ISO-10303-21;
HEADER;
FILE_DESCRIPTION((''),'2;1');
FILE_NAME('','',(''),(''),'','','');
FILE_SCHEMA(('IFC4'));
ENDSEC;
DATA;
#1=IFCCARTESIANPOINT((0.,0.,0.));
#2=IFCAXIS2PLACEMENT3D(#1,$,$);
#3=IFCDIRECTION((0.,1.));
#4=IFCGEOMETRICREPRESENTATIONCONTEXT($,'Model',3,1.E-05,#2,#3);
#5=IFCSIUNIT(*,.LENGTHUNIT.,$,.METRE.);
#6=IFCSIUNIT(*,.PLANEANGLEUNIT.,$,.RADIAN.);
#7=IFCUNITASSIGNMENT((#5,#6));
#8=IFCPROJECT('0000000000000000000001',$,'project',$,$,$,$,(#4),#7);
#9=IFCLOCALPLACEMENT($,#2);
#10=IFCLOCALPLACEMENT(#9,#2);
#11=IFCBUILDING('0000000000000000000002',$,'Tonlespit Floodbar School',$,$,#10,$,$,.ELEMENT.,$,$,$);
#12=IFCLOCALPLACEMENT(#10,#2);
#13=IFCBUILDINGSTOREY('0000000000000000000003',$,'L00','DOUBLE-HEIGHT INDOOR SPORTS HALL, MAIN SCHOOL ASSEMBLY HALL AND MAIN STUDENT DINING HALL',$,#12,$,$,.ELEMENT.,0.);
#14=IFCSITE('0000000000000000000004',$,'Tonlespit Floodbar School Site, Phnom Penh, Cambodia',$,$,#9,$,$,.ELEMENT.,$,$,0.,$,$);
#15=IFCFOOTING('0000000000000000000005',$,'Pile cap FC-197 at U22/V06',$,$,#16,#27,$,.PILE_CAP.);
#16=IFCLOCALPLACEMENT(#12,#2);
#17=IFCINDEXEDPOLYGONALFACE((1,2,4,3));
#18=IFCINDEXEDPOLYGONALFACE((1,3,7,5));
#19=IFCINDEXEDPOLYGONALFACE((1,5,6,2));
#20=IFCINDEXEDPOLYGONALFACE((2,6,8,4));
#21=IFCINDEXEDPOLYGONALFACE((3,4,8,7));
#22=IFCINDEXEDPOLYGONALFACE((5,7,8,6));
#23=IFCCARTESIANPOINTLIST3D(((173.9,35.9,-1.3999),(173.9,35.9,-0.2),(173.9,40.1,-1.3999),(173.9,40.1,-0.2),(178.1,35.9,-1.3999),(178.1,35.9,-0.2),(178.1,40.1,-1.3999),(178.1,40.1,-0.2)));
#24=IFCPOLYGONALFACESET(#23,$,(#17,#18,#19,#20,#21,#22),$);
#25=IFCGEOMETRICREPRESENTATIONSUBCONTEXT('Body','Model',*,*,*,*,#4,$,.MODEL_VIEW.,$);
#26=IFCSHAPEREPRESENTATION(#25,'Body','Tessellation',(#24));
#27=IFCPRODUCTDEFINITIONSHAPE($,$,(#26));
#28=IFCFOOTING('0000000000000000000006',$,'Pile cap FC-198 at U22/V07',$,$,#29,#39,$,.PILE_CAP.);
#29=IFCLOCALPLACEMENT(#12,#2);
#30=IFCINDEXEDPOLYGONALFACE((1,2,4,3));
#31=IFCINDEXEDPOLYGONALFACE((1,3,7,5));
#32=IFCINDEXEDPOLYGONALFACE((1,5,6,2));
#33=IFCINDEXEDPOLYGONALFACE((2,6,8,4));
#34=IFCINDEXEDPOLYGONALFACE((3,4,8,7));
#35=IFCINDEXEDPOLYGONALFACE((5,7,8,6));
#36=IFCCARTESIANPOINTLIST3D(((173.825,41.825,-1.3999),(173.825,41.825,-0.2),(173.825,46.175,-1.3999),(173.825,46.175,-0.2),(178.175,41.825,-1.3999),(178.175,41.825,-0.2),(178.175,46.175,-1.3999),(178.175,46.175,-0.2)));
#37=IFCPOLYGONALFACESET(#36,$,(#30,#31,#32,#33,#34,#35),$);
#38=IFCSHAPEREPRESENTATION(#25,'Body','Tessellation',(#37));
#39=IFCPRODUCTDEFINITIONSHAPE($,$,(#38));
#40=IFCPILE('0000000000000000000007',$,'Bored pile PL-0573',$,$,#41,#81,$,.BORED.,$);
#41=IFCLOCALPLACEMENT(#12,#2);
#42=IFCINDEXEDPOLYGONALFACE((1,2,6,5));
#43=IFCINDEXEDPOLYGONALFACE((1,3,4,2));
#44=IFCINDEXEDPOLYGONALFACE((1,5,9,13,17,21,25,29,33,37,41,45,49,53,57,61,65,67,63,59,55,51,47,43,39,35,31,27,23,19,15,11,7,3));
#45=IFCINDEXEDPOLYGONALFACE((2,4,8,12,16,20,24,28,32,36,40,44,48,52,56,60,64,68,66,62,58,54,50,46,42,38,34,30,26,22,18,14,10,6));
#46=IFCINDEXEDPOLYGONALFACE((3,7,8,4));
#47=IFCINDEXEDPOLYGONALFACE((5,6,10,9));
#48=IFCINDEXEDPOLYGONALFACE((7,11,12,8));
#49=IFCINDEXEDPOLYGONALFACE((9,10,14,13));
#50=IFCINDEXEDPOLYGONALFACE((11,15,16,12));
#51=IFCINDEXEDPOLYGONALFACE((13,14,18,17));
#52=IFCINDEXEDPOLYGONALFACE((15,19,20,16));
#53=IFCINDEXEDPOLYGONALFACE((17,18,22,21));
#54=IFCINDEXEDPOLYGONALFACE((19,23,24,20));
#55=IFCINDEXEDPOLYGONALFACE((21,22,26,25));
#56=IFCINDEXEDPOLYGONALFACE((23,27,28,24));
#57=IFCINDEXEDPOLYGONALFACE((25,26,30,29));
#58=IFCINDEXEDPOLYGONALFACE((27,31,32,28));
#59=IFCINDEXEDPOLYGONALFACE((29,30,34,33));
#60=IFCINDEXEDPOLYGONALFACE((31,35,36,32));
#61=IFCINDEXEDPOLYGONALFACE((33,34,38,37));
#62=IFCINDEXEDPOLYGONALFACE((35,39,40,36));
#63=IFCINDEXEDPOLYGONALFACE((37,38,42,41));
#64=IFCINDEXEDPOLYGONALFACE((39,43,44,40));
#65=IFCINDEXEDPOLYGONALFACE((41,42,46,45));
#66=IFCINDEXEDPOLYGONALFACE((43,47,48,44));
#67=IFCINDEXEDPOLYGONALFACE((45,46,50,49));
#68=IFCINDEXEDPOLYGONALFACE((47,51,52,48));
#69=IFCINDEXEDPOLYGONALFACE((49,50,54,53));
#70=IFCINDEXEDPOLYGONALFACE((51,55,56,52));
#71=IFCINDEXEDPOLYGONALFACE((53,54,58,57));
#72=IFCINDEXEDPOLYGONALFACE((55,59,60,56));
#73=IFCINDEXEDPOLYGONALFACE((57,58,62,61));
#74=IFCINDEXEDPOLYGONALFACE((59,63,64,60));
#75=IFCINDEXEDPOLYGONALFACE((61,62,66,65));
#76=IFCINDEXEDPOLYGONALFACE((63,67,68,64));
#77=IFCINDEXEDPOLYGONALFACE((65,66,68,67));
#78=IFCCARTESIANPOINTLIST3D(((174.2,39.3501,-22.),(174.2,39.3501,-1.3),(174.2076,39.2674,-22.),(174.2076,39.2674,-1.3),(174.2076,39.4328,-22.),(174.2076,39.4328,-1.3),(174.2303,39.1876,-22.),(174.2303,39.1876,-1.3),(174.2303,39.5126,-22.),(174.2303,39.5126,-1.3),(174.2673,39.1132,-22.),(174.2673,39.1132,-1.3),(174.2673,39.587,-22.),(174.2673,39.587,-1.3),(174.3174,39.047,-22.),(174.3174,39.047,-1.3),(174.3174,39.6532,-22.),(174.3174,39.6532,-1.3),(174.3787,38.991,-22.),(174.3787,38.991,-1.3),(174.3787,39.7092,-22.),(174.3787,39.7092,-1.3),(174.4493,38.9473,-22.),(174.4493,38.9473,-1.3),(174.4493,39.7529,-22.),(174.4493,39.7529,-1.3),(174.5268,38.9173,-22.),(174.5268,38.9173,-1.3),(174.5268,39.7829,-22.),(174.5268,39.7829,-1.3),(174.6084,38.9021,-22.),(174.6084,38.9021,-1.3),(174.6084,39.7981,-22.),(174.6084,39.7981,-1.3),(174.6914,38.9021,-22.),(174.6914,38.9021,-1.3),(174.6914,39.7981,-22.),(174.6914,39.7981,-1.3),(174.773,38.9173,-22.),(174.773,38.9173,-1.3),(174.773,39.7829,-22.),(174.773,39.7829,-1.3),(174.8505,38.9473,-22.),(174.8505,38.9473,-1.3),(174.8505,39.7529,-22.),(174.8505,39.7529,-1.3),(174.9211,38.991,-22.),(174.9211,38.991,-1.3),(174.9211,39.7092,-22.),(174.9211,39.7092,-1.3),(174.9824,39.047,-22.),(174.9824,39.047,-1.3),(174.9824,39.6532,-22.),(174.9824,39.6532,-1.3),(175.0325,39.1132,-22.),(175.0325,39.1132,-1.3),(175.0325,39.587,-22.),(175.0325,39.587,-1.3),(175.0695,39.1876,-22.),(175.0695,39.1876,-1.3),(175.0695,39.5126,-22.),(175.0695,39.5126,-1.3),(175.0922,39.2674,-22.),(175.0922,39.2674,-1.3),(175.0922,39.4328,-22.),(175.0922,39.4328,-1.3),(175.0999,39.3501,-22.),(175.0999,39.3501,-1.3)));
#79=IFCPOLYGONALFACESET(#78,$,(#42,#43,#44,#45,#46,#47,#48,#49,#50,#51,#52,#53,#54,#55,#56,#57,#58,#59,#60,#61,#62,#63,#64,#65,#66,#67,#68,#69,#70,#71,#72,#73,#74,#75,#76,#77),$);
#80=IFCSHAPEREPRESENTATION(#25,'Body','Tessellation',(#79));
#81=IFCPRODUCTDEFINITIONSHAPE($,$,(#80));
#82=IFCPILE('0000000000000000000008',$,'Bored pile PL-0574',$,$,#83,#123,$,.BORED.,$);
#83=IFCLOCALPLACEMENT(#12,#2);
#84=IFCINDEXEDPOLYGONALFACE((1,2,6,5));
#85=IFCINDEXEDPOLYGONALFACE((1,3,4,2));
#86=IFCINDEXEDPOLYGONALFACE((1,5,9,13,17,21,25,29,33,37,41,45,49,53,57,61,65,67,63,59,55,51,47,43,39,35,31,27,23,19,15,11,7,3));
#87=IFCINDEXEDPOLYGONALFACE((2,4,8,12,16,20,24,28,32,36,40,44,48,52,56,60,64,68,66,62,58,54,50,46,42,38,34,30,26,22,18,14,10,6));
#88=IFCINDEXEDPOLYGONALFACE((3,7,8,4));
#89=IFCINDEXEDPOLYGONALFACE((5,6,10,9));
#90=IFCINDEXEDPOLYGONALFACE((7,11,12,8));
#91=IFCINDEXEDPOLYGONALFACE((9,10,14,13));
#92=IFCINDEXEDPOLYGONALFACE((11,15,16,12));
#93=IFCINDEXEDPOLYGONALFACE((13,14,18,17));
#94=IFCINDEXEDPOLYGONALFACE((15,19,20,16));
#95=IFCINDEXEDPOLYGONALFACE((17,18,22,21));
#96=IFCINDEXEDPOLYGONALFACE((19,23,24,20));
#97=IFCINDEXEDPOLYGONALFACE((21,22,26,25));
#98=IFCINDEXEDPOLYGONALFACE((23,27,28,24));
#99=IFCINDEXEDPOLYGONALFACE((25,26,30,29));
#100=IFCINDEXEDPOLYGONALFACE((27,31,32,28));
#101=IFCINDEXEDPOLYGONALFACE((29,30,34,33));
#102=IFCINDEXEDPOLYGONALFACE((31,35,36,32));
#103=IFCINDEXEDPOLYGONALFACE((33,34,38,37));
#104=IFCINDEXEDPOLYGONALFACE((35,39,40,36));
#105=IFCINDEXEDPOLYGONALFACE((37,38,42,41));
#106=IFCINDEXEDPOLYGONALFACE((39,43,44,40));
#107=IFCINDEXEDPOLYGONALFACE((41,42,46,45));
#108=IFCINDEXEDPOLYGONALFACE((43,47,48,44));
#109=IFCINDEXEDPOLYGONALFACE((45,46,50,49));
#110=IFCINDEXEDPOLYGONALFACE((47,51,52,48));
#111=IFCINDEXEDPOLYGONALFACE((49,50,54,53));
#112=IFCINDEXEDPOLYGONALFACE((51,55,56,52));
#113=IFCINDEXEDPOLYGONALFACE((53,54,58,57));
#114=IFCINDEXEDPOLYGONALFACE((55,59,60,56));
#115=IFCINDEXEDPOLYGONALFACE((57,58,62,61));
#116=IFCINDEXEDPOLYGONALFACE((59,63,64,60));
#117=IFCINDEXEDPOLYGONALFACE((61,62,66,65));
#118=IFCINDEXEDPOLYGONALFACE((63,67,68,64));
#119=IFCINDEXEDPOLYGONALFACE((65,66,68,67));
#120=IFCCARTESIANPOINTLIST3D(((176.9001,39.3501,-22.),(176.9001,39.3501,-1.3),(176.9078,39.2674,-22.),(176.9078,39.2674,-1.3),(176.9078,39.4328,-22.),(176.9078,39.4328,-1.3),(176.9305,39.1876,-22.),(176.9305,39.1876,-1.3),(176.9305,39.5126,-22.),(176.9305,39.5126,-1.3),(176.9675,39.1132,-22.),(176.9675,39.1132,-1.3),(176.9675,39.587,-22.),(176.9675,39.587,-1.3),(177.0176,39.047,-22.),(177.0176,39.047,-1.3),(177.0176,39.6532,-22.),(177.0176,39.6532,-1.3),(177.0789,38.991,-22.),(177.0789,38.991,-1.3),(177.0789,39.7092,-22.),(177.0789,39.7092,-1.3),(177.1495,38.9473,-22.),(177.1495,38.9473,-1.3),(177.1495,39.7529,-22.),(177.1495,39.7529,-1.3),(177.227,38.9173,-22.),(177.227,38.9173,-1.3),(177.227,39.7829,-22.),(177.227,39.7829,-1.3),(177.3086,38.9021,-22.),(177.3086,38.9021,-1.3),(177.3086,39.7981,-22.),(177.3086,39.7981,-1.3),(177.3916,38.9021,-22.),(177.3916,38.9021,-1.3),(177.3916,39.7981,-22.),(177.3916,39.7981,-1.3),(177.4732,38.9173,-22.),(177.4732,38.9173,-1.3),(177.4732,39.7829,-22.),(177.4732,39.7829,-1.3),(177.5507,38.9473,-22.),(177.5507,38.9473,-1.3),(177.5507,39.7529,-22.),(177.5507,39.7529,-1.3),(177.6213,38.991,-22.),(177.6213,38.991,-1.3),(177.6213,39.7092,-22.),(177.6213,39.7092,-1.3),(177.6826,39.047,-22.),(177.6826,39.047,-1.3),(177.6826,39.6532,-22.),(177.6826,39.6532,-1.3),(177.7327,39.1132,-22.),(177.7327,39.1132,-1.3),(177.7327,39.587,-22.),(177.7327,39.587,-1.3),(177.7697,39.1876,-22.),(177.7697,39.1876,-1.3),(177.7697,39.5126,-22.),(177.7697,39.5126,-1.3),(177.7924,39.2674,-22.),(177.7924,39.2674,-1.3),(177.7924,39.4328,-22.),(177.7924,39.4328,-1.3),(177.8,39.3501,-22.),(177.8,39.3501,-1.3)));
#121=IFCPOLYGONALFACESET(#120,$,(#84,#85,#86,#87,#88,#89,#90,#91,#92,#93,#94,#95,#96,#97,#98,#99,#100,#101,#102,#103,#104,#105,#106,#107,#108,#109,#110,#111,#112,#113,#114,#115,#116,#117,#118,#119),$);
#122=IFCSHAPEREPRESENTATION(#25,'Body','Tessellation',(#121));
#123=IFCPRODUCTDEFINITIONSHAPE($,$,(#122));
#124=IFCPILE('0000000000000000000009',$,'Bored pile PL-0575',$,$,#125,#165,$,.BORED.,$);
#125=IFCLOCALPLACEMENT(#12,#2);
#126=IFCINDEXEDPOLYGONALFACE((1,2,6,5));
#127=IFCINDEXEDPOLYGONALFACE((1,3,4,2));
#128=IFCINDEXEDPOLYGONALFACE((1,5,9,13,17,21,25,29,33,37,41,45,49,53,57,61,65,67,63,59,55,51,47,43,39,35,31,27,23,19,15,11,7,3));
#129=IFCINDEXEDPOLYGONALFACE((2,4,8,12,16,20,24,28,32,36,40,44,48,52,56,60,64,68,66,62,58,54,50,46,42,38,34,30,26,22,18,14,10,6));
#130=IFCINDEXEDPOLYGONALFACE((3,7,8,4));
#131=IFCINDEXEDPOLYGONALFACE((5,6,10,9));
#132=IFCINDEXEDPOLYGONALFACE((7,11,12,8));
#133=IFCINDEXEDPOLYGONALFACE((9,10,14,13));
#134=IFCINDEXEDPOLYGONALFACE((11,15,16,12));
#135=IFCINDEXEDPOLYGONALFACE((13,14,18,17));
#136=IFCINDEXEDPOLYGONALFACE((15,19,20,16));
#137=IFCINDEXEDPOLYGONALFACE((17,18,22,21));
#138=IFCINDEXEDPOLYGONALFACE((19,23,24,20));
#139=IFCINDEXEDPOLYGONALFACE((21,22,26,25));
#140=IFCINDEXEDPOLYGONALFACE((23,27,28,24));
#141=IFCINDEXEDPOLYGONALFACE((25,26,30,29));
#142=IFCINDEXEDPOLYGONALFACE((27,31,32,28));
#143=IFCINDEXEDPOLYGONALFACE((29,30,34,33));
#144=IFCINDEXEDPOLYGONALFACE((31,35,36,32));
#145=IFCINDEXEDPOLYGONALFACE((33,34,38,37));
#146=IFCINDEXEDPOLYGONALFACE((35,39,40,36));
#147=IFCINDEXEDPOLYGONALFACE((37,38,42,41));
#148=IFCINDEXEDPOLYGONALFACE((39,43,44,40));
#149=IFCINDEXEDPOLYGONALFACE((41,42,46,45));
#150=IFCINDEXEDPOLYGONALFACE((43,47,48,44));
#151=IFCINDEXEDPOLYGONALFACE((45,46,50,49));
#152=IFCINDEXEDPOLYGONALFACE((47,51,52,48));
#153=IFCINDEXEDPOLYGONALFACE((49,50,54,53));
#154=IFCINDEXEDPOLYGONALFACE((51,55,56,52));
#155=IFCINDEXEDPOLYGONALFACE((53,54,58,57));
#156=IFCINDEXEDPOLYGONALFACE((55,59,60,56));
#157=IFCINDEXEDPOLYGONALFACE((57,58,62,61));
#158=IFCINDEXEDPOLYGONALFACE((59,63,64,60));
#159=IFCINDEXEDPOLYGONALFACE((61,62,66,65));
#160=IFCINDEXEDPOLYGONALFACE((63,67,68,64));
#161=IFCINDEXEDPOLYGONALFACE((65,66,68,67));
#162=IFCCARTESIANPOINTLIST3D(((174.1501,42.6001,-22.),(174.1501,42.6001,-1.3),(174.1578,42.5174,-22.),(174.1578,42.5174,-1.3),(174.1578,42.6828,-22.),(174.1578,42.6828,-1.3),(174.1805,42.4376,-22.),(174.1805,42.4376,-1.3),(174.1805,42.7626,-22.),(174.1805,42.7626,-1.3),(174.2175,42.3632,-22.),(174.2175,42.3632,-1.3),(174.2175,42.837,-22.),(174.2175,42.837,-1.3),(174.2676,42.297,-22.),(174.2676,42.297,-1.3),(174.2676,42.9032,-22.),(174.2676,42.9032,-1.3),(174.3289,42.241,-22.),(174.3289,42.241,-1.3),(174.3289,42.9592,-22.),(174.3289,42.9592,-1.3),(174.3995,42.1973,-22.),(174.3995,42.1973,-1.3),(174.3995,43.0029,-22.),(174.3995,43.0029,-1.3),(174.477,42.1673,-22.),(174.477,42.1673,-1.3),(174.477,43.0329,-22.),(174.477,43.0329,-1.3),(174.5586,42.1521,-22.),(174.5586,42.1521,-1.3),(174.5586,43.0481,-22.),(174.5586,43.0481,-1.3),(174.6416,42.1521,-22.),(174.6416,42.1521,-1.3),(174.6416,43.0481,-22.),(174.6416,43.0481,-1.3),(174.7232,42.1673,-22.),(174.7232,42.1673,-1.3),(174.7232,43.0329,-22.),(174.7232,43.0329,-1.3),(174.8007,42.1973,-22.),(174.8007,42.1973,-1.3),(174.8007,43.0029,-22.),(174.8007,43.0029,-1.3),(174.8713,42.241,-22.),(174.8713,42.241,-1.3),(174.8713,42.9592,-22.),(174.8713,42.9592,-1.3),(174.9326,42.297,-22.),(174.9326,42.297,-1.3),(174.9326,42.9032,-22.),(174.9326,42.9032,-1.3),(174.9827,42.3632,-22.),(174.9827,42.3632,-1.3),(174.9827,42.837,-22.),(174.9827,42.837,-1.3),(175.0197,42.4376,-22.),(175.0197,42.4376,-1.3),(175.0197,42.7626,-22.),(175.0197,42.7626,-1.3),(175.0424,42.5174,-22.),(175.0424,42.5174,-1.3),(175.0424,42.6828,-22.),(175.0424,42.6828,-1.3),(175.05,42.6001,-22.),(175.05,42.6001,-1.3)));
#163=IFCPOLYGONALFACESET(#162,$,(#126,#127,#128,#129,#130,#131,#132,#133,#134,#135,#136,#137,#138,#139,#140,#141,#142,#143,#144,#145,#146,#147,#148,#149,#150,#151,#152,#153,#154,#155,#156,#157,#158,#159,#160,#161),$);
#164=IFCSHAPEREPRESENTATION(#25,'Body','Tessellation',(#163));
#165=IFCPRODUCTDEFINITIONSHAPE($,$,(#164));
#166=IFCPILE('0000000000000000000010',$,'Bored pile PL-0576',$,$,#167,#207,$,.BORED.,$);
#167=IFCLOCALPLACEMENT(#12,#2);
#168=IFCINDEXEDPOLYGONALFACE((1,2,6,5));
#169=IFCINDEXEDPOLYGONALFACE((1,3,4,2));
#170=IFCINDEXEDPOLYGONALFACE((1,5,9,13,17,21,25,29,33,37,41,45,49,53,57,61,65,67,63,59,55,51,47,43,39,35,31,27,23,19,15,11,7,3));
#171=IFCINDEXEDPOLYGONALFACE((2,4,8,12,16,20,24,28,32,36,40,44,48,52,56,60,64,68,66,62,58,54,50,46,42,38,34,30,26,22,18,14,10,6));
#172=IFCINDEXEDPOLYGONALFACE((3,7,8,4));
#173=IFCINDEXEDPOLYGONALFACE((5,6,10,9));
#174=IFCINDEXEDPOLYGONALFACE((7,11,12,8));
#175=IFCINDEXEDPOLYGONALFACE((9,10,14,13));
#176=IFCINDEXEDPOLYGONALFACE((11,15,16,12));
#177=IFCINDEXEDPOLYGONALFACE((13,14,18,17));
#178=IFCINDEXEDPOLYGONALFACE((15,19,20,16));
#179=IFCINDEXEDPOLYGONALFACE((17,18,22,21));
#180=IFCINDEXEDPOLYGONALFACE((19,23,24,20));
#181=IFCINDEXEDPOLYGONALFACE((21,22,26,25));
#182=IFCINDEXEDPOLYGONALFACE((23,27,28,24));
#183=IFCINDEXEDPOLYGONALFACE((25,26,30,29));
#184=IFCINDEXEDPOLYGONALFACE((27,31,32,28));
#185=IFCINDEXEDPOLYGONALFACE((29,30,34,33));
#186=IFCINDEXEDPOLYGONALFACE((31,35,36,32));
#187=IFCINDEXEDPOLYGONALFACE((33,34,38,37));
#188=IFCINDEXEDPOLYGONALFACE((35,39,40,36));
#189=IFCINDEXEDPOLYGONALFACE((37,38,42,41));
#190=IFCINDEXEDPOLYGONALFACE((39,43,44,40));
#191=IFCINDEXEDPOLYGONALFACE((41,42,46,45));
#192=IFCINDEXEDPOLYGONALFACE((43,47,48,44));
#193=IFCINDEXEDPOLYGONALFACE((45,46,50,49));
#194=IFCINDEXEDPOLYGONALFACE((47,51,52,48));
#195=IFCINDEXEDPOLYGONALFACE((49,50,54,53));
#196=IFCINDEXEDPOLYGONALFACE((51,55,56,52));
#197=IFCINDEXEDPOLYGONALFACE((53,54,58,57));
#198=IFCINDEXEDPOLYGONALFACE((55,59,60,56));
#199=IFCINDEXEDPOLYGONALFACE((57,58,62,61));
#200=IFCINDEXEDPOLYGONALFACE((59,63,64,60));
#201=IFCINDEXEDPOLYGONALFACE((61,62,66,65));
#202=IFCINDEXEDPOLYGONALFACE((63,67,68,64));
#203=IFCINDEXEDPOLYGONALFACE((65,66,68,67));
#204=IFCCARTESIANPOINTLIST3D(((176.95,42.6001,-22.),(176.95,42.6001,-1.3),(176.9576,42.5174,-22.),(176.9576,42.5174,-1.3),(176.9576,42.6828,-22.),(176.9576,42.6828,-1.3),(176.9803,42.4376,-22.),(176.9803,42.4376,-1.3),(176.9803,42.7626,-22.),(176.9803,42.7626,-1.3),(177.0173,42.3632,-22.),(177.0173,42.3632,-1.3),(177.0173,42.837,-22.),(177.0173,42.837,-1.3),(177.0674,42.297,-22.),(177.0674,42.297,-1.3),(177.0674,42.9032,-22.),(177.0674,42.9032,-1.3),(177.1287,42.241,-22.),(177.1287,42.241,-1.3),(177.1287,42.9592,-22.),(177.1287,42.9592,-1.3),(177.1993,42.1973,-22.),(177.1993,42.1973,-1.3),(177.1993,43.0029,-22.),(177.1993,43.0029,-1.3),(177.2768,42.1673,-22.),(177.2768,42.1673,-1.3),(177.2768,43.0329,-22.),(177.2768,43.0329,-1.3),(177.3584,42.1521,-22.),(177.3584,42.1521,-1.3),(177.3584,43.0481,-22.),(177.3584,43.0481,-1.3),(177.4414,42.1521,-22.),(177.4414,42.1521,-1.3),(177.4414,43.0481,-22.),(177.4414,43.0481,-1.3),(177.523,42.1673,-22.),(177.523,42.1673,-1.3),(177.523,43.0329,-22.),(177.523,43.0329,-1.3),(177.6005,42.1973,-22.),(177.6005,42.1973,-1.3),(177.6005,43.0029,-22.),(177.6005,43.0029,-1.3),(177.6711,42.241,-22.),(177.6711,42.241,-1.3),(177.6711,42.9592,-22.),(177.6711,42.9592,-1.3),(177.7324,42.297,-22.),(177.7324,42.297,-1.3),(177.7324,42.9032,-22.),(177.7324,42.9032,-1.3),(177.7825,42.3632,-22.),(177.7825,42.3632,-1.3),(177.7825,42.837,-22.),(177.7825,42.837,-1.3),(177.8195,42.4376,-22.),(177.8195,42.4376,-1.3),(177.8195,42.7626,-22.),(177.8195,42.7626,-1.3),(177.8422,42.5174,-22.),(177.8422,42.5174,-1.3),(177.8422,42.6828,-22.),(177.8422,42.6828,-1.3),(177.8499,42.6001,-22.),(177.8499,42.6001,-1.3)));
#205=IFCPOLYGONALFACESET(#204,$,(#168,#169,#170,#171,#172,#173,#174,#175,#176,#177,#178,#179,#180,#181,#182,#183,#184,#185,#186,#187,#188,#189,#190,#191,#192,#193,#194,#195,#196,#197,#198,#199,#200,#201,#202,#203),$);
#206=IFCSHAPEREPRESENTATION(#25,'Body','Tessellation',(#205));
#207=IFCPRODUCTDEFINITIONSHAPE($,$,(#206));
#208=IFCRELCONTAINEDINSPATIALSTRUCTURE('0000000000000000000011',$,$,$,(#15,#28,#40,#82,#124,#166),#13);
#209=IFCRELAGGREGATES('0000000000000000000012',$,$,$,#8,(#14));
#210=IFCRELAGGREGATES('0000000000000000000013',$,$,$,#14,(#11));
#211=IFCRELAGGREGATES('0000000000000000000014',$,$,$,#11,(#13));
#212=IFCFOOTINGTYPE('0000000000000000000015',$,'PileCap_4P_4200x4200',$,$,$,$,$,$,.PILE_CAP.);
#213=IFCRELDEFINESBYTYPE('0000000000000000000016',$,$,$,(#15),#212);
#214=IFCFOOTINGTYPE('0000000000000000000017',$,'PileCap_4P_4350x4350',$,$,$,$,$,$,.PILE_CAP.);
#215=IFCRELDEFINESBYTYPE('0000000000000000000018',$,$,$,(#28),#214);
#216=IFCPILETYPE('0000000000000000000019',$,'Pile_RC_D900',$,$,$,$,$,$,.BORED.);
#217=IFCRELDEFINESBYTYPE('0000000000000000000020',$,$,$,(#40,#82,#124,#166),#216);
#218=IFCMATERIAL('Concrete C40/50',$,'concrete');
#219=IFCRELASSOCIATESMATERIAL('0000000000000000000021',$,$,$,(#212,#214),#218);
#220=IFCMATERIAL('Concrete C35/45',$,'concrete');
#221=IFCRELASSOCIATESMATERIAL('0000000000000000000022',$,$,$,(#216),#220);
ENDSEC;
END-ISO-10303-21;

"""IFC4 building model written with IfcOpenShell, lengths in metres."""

from ifc_helpers import new_model, si_unit, direction, frame, origin, origin_2d, place, context, subcontext, project, spatial, rectangle, circle, extrude, material, material_profile, profile_set, type_object, element, save


model = new_model("IFC4")

# Units and contexts
model_context = context("Model", 3, precision=1e-05, world=origin(), true_north=direction((0.0, 1.0)))
body_context = subcontext(model_context, "Body", "Model", "MODEL_VIEW")
ifc_project = project(units=[si_unit("LENGTHUNIT", "METRE"), si_unit("PLANEANGLEUNIT", "RADIAN")], contexts=[model_context])

# Site, building, storey
site_placement = place(None, origin())
site = spatial("IfcSite", under=ifc_project, at=site_placement, Name="Tonlespit Floodbar School Site, Phnom Penh, Cambodia", CompositionType="ELEMENT", RefElevation=0.0)
building_placement = place(site_placement, origin())
building = spatial("IfcBuilding", under=site, at=building_placement, Name="Tonlespit Floodbar School", CompositionType="ELEMENT")
storey_placement = place(building_placement, origin())
storey = spatial("IfcBuildingStorey", under=building, at=storey_placement, Name="L00", Description="DOUBLE-HEIGHT INDOOR SPORTS HALL, MAIN SCHOOL ASSEMBLY HALL AND MAIN STUDENT DINING HALL", CompositionType="ELEMENT", Elevation=0.0)

# Footings
ifc_material_1 = material(Name="Concrete C40/50", Category="concrete")
footing_type_1 = type_object("IfcFootingType", Name="PileCap_4P_4200x4200", PredefinedType="PILE_CAP", material=ifc_material_1)
footing_1_placement = place(storey_placement, frame((176.0, 38.0, -1.3999), z_axis=(0.0, 0.0, 1.0), x_axis=(1.0, 0.0, 0.0)))
element("IfcFooting", 1, at=footing_1_placement, inside=storey, type_object=footing_type_1, Name="Pile cap FC-197 at U22/V06", PredefinedType="PILE_CAP", context=body_context, shape_type="SweptSolid", body=[
    extrude(rectangle(XDim=4.2, YDim=4.2, at=origin_2d()), origin(), (0.0, 0.0, 1.0), 1.2),
])
footing_type_2 = type_object("IfcFootingType", Name="PileCap_4P_4350x4350", PredefinedType="PILE_CAP", material=ifc_material_1)
footing_2_placement = place(storey_placement, frame((176.0, 44.0, -1.3999), z_axis=(0.0, 0.0, 1.0), x_axis=(1.0, 0.0, 0.0)))
element("IfcFooting", 2, at=footing_2_placement, inside=storey, type_object=footing_type_2, Name="Pile cap FC-198 at U22/V07", PredefinedType="PILE_CAP", context=body_context, shape_type="SweptSolid", body=[
    extrude(rectangle(XDim=4.3501, YDim=4.3501, at=origin_2d()), origin(), (0.0, 0.0, 1.0), 1.2),
])

# Piles
ifc_material_2 = material(Name="Concrete C35/45", Category="concrete")
ifc_material_profile_1 = material_profile(ifc_material_2, circle(Radius=0.45, at=origin_2d()), Name="BP D900")
ifc_profile_set_1 = profile_set([ifc_material_profile_1], Name="Concrete C35/45")
pile_type = type_object("IfcPileType", Name="Pile_RC_D900", PredefinedType="BORED", material=ifc_profile_set_1)
for number, where, z_axis, x_axis, name in (
    (3, (174.6499, 39.3501, -1.3), (0.0, 0.0, -1.0), (1.0, 0.0, 0.0), "Bored pile PL-0573"),
    (4, (177.3501, 39.3501, -1.3), (0.0, 0.0, -1.0), (1.0, 0.0, 0.0), "Bored pile PL-0574"),
    (5, (174.6001, 42.6001, -1.3), (0.0, 0.0, -1.0), (1.0, 0.0, 0.0), "Bored pile PL-0575"),
    (6, (177.3999, 42.6001, -1.3), (0.0, 0.0, -1.0), (1.0, 0.0, 0.0), "Bored pile PL-0576"),
):
    element("IfcPile", number, at=place(storey_placement, frame(where, z_axis=z_axis, x_axis=x_axis)), inside=storey, type_object=pile_type, Name=name, PredefinedType="BORED", context=body_context, shape_type="SweptSolid", body=[
        extrude(circle(Radius=0.45, at=origin_2d()), origin(), (0.0, 0.0, 1.0), 20.7),
    ])

save(model, "model.ifc")
